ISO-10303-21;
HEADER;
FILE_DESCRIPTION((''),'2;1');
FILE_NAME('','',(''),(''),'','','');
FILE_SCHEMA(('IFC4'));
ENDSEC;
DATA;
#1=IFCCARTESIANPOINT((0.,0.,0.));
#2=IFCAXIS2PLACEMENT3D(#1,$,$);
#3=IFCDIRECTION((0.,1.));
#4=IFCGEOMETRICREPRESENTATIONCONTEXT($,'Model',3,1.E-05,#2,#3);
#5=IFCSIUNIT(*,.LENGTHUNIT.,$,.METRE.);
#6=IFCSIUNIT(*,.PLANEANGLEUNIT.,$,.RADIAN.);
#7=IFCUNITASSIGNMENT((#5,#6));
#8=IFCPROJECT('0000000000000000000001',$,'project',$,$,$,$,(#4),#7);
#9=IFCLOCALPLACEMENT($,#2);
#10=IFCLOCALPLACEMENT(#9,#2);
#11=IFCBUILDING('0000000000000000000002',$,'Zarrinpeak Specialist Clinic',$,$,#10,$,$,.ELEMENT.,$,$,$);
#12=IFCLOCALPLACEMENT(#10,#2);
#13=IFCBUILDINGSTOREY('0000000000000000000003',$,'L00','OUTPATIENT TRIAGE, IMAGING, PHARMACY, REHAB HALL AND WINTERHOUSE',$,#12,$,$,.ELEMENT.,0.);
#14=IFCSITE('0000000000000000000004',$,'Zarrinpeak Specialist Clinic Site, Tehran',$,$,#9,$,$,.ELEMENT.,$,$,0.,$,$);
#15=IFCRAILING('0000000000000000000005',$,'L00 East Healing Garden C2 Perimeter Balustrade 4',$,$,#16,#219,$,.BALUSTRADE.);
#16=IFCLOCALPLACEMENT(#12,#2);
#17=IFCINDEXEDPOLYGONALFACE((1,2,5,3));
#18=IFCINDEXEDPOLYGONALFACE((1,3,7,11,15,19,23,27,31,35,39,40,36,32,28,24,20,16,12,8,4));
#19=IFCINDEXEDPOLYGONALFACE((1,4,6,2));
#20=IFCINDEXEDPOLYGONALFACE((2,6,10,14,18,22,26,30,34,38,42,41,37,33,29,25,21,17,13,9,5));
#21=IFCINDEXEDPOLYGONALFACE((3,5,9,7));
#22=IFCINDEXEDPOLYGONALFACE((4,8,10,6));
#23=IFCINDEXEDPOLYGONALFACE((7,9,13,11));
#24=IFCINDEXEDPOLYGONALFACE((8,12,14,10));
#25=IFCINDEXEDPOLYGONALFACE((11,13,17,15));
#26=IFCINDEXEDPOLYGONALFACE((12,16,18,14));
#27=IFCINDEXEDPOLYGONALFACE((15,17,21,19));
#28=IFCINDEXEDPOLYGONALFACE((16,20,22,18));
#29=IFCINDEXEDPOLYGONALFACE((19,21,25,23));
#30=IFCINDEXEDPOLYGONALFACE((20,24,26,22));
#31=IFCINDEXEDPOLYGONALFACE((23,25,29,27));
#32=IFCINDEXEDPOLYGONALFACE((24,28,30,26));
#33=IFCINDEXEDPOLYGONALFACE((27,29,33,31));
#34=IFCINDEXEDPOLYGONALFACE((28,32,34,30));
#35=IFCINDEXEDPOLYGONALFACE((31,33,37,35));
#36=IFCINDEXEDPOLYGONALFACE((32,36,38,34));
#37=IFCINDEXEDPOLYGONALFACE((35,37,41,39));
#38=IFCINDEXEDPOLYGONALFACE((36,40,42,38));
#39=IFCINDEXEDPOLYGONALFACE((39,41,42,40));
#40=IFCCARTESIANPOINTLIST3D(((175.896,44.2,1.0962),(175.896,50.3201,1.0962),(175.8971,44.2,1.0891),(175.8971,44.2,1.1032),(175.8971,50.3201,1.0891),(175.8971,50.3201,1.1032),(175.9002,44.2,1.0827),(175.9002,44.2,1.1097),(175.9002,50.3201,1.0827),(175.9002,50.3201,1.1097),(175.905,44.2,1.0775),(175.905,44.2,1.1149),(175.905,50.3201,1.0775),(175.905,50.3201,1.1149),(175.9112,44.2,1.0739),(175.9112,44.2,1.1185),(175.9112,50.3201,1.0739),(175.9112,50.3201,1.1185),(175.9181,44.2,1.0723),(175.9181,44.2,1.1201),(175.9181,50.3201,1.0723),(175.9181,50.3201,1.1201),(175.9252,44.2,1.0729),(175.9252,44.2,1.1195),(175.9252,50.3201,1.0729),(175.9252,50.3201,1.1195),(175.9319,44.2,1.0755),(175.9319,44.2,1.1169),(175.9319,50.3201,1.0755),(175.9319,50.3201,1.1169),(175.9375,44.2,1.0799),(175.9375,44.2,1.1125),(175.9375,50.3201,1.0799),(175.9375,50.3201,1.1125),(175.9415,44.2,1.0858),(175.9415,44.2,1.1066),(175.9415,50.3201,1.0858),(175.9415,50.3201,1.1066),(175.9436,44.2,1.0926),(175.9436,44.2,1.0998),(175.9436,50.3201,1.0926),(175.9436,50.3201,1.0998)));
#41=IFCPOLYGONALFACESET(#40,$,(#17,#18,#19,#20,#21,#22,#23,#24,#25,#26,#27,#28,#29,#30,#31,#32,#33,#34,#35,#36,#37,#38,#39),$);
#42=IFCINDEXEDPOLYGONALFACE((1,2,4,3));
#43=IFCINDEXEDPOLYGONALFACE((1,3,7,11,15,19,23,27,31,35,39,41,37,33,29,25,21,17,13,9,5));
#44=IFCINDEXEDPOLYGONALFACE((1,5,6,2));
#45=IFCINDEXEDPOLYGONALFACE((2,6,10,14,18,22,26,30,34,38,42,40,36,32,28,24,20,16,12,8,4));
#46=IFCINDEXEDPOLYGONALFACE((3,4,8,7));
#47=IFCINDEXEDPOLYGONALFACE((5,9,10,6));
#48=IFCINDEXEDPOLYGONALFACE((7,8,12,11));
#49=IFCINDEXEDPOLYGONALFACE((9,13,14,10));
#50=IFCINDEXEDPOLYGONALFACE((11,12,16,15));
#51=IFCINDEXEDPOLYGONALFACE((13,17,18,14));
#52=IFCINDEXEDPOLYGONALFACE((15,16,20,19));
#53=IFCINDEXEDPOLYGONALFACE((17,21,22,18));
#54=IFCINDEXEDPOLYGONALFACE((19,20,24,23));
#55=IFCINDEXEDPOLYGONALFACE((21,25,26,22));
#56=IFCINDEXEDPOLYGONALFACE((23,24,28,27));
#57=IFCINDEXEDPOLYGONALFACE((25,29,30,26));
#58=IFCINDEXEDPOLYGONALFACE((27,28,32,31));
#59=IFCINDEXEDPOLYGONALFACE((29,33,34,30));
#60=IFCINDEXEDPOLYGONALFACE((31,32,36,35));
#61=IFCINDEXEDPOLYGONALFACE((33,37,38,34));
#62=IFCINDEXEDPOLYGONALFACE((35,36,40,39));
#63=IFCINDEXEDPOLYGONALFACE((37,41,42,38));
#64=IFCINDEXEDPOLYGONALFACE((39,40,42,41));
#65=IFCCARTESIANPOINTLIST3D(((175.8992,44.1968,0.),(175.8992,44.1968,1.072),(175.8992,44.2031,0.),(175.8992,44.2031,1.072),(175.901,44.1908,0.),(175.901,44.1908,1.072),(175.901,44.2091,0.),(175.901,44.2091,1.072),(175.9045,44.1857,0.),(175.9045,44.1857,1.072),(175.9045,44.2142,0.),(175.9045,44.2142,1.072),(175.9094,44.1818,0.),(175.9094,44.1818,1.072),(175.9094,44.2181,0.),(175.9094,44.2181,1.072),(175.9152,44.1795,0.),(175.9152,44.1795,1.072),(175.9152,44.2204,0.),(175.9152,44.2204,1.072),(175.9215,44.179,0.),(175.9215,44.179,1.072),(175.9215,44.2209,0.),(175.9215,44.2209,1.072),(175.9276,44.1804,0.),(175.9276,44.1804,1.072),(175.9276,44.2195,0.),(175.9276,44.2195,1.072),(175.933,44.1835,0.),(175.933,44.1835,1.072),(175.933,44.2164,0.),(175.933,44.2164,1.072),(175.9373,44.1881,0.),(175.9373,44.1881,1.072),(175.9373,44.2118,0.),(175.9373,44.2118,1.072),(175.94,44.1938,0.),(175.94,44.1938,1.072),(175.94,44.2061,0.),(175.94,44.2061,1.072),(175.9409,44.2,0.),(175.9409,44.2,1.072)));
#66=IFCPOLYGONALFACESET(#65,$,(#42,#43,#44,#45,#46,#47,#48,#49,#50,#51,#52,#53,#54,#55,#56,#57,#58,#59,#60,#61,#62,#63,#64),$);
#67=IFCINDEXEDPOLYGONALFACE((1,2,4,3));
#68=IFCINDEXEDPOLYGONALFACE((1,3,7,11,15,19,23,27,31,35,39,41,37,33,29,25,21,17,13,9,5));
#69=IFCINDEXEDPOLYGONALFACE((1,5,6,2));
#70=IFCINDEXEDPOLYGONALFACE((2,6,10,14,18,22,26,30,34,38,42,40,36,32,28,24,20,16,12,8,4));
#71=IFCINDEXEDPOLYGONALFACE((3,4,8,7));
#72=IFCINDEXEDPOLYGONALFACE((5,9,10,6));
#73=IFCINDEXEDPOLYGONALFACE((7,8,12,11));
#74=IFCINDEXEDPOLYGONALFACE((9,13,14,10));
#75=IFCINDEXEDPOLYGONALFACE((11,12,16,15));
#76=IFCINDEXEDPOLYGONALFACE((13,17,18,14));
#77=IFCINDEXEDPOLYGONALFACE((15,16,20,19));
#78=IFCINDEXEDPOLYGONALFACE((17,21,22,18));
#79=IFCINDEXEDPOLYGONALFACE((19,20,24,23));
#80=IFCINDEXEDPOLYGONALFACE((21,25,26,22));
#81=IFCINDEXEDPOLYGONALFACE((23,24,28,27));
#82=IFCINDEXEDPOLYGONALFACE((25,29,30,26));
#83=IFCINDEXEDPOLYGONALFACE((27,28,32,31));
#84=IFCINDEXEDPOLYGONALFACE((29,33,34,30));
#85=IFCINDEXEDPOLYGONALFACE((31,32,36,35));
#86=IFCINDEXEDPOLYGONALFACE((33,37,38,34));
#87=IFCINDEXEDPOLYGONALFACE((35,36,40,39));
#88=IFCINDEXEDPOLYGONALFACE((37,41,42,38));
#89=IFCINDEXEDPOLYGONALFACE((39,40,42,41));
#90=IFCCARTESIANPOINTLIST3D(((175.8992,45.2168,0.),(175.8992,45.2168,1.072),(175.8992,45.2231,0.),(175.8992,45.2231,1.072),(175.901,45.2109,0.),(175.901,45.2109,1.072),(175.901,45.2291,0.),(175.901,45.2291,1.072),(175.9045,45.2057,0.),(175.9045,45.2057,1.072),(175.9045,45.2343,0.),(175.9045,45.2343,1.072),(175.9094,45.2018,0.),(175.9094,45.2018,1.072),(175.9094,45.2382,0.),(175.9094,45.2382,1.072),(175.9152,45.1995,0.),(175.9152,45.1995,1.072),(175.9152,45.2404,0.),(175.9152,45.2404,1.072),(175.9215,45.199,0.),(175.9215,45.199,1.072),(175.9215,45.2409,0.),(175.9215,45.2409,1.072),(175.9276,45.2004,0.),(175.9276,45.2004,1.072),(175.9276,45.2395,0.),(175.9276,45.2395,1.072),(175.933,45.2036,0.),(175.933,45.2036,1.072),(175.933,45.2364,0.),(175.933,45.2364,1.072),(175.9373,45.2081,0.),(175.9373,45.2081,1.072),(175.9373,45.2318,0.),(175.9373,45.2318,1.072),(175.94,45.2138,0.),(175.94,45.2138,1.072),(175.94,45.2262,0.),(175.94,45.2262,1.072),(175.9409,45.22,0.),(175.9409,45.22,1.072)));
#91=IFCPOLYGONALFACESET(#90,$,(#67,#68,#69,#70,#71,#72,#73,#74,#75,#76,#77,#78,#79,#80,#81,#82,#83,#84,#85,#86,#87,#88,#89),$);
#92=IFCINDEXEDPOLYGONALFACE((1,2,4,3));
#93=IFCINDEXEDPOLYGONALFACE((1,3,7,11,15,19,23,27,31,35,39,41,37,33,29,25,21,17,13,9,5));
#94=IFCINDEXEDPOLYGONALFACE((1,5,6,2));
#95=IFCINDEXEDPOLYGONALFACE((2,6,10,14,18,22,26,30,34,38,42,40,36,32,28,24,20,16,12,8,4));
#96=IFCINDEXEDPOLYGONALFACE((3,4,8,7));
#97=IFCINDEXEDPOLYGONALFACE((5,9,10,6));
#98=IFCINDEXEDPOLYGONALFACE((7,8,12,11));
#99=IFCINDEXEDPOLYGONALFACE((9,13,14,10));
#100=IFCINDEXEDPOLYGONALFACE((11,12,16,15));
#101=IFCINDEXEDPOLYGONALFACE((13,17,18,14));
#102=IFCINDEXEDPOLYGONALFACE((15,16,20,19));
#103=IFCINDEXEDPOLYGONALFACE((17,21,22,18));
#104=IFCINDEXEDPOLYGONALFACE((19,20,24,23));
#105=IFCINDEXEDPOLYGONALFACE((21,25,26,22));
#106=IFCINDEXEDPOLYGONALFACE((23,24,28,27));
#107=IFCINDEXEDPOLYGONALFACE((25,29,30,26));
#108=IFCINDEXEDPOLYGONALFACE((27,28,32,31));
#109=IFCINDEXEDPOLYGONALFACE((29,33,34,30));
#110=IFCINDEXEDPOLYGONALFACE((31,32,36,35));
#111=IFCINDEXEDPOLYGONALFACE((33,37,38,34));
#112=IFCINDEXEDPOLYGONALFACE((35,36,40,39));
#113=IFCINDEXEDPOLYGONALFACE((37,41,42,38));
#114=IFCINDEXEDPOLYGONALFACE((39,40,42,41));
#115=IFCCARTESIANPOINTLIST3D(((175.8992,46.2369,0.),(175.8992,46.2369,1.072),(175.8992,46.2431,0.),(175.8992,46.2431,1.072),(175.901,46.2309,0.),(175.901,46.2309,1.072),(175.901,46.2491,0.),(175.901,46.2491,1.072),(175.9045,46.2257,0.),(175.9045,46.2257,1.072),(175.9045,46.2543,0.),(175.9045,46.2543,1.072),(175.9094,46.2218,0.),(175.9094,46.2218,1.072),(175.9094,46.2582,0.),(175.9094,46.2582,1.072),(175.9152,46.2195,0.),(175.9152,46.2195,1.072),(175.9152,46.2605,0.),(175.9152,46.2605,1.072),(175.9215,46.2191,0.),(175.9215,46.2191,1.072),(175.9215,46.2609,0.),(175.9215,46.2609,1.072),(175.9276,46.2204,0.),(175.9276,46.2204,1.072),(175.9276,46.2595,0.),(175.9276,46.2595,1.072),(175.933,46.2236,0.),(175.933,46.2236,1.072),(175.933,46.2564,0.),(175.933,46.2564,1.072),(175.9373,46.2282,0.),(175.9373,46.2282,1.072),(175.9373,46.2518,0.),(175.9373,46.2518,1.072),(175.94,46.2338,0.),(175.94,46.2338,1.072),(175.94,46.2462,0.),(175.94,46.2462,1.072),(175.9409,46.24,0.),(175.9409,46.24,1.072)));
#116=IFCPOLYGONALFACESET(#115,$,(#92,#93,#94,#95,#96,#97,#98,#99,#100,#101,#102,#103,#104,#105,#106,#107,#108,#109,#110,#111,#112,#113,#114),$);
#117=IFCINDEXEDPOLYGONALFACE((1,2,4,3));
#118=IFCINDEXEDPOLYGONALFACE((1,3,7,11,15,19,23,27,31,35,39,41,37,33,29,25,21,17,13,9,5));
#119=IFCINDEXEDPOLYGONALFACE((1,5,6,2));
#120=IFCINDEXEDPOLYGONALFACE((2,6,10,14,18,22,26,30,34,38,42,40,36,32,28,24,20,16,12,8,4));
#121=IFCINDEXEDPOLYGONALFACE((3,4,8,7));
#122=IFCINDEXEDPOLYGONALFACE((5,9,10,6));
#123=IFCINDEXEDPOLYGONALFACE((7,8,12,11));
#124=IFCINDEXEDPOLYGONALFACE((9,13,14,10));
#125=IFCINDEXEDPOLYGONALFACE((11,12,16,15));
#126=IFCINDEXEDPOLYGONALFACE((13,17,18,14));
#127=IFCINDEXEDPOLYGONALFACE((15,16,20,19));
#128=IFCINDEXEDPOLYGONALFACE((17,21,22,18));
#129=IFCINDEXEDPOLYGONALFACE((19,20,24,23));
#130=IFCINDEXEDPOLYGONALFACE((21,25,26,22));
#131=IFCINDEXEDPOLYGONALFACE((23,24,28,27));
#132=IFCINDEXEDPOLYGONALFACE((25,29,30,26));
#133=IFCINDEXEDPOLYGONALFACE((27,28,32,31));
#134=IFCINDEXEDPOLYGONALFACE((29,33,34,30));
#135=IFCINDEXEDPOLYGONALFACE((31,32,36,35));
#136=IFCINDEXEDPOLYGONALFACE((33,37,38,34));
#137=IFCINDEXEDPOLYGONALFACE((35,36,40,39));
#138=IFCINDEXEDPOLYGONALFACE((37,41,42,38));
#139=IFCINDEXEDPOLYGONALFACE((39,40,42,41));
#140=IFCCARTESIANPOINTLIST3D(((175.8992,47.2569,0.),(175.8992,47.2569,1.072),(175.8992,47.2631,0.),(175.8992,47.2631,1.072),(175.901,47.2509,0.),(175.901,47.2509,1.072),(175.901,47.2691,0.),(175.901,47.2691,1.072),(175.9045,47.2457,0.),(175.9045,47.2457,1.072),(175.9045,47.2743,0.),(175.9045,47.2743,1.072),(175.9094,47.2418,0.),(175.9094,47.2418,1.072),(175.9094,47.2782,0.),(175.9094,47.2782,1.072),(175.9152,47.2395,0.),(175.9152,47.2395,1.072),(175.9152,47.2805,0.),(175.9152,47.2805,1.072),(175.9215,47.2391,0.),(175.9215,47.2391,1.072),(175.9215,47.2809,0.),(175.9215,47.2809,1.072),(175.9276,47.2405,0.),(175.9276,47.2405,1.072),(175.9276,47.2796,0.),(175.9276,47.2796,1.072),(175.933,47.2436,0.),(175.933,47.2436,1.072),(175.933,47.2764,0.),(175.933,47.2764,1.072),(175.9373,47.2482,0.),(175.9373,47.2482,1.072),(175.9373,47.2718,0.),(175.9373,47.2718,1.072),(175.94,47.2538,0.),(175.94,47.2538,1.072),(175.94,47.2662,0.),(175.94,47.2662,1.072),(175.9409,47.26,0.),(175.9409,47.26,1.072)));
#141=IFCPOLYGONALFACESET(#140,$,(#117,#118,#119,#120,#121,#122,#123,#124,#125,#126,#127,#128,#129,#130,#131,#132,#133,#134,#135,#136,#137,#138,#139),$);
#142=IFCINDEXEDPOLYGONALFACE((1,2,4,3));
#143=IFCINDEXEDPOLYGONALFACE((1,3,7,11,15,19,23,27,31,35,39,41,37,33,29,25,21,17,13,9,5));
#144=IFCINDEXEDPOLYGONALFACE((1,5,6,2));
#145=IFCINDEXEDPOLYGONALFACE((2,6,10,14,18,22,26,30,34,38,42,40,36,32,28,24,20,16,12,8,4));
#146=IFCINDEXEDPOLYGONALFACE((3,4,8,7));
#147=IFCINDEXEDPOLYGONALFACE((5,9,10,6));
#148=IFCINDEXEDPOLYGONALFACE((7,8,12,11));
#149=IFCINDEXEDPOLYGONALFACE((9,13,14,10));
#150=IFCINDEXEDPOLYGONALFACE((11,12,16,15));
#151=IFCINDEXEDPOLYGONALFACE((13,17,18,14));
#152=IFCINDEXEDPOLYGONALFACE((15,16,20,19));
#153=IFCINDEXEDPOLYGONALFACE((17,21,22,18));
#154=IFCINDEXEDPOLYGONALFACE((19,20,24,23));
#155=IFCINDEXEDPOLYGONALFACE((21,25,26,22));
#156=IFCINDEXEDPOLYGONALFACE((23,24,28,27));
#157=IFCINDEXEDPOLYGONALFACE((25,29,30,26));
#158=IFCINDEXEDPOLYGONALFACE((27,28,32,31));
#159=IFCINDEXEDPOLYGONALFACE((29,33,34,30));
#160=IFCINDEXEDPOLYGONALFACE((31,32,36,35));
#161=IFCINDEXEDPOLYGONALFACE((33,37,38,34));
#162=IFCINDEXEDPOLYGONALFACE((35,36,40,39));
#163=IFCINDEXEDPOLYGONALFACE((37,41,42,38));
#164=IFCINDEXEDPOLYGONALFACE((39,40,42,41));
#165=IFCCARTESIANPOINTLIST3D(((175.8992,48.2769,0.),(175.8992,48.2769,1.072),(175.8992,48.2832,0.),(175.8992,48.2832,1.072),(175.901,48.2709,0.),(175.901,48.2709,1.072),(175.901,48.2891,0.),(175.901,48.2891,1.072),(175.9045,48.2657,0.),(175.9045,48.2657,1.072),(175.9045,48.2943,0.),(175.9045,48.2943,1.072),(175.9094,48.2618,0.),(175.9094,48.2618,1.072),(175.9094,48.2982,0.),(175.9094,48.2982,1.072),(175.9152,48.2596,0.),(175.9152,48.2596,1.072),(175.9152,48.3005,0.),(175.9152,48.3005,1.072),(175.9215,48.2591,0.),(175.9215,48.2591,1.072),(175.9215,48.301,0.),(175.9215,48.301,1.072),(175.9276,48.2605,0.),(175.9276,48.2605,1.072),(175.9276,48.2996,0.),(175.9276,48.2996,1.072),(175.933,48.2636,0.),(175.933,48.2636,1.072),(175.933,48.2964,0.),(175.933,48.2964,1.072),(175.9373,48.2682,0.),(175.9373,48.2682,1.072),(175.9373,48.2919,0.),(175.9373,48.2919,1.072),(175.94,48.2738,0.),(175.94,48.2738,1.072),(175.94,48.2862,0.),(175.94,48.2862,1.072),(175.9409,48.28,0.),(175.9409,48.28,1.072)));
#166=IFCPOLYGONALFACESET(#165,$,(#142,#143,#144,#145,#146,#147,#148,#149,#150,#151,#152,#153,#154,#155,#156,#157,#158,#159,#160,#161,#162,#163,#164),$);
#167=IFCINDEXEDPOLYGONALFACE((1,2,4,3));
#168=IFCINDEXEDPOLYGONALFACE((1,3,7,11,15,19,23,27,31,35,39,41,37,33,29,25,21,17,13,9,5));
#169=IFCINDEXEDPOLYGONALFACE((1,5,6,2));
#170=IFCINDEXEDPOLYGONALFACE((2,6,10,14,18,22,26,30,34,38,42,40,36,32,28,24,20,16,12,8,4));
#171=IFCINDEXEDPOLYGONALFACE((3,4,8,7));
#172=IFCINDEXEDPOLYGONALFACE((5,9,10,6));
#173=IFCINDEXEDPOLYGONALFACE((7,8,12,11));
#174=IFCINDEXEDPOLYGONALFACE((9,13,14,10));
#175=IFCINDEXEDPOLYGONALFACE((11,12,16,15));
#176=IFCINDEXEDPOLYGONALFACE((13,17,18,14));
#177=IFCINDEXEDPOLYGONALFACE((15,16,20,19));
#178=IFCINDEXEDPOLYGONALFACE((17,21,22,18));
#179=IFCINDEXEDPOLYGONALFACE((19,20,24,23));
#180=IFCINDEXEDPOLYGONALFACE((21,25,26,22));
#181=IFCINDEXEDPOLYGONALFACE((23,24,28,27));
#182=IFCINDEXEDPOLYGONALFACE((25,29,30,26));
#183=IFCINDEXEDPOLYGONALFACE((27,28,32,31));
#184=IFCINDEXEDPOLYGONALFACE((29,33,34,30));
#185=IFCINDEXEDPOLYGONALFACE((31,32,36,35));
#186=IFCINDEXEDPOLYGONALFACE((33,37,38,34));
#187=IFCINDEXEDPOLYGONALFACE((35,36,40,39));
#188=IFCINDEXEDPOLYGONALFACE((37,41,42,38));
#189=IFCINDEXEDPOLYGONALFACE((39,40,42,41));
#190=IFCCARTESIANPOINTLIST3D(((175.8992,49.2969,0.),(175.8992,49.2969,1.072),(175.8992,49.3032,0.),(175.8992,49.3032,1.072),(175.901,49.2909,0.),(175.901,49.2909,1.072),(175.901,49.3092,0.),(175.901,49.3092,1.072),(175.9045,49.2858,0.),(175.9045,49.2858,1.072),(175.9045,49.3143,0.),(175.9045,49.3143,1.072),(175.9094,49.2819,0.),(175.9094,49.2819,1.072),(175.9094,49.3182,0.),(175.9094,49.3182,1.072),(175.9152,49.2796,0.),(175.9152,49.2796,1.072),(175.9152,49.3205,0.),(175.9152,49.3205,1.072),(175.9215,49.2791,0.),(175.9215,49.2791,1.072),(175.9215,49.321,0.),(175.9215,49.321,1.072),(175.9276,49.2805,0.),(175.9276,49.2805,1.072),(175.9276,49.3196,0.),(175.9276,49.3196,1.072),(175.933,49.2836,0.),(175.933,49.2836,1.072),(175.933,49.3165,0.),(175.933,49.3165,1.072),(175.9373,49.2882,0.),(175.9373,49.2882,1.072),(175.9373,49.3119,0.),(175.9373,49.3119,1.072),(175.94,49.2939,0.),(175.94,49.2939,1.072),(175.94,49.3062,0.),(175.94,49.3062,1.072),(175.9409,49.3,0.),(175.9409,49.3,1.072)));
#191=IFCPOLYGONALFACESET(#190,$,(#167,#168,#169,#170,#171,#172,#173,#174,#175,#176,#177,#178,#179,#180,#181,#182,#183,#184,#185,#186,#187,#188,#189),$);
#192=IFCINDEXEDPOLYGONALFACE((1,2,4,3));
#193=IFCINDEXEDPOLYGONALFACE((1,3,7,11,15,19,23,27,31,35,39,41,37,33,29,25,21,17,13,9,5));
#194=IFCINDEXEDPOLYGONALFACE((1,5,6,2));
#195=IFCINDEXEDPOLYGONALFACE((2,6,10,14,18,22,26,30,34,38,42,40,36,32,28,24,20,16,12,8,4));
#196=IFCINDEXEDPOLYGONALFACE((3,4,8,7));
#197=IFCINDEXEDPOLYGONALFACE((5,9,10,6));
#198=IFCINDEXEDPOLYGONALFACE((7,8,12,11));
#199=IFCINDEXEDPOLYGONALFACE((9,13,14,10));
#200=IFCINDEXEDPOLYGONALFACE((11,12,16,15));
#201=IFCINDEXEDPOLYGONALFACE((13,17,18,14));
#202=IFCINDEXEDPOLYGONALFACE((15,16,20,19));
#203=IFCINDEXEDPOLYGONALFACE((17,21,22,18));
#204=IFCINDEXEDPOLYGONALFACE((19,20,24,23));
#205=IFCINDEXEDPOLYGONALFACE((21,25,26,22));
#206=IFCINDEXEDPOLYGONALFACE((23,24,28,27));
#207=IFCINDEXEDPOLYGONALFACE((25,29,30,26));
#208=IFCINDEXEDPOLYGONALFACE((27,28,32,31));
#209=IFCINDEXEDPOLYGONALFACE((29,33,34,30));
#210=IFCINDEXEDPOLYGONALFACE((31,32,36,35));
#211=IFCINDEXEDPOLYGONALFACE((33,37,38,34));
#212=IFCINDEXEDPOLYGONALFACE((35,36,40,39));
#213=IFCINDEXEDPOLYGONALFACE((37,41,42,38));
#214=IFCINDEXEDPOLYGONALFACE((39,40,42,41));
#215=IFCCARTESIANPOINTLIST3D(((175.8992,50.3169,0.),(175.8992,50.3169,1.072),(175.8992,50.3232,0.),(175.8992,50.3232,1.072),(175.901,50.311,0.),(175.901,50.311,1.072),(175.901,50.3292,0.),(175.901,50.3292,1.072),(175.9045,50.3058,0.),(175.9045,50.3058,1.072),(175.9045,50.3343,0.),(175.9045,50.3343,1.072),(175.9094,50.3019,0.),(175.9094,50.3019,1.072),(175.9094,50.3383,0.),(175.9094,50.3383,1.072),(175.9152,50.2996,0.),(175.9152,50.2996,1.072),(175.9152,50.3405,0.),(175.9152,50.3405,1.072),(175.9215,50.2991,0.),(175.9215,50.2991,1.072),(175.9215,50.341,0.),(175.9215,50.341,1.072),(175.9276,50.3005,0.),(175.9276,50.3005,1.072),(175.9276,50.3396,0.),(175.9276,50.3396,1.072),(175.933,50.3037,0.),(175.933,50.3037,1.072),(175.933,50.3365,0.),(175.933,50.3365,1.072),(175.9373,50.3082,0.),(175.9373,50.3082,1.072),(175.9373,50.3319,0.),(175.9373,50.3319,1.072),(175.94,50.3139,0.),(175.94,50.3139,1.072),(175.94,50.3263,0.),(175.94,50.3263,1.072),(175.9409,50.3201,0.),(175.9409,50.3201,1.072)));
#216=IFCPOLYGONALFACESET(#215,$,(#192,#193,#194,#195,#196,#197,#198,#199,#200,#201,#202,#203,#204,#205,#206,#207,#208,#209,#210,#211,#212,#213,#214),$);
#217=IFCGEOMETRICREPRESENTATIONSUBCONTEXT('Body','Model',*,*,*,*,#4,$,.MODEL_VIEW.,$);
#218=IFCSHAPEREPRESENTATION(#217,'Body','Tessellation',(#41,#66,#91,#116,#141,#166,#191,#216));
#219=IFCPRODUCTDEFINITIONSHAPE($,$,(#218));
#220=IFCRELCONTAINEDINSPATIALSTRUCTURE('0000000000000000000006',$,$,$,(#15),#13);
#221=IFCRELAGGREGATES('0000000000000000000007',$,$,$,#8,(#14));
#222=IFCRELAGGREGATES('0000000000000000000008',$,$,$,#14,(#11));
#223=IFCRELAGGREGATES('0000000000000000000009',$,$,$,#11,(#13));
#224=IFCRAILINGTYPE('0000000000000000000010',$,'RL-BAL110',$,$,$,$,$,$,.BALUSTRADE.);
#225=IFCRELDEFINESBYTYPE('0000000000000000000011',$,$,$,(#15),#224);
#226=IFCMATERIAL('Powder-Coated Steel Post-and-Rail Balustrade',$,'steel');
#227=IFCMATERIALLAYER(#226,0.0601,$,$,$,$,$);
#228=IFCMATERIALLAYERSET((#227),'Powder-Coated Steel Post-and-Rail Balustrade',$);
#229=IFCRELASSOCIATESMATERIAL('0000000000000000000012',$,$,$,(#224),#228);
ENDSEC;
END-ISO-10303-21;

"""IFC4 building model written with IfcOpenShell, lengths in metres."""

from ifc_helpers import new_model, si_unit, direction, frame, origin, origin_2d, place, context, subcontext, project, spatial, circle, extrude, material, layer, layer_set, type_object, element, save


model = new_model("IFC4")

# Units and contexts
model_context = context("Model", 3, precision=1e-05, world=origin(), true_north=direction((0.0, 1.0)))
body_context = subcontext(model_context, "Body", "Model", "MODEL_VIEW")
ifc_project = project(units=[si_unit("LENGTHUNIT", "METRE"), si_unit("PLANEANGLEUNIT", "RADIAN")], contexts=[model_context])

# Site, building, storey
site_placement = place(None, origin())
site = spatial("IfcSite", under=ifc_project, at=site_placement, Name="Zarrinpeak Specialist Clinic Site, Tehran", CompositionType="ELEMENT", RefElevation=0.0)
building_placement = place(site_placement, origin())
building = spatial("IfcBuilding", under=site, at=building_placement, Name="Zarrinpeak Specialist Clinic", CompositionType="ELEMENT")
storey_placement = place(building_placement, origin())
storey = spatial("IfcBuildingStorey", under=building, at=storey_placement, Name="L00", Description="OUTPATIENT TRIAGE, IMAGING, PHARMACY, REHAB HALL AND WINTERHOUSE", CompositionType="ELEMENT", Elevation=0.0)

# Railing
ifc_material_1 = material(Name="Powder-Coated Steel Post-and-Rail Balustrade", Category="steel")
ifc_layer_1 = layer(ifc_material_1, 0.0601)
ifc_layer_set_1 = layer_set([ifc_layer_1], Name="Powder-Coated Steel Post-and-Rail Balustrade")
railing_type_1 = type_object("IfcRailingType", Name="RL-BAL110", PredefinedType="BALUSTRADE", material=ifc_layer_set_1)
railing_1_placement = place(storey_placement, frame((175.9199, 44.2, 0.0)))
element("IfcRailing", 1, at=railing_1_placement, inside=storey, type_object=railing_type_1, Name="L00 East Healing Garden C2 Perimeter Balustrade 4", PredefinedType="BALUSTRADE", context=body_context, shape_type="SweptSolid", body=[
    extrude(circle(Radius=0.0239, at=origin_2d()), frame((0.0, 0.0, 1.0962), z_axis=(0.0, 1.0, 0.0), x_axis=(-1.0, 0.0, 0.0)), (0.0, 0.0, 1.0), 6.1201),
    extrude(circle(Radius=0.021, at=origin_2d()), origin(), (0.0, 0.0, 1.0), 1.072),
    extrude(circle(Radius=0.021, at=origin_2d()), frame((0.0, 1.02, 0.0)), (0.0, 0.0, 1.0), 1.072),
    extrude(circle(Radius=0.021, at=origin_2d()), frame((0.0, 2.04, 0.0)), (0.0, 0.0, 1.0), 1.072),
    extrude(circle(Radius=0.021, at=origin_2d()), frame((0.0, 3.0601, 0.0)), (0.0, 0.0, 1.0), 1.072),
    extrude(circle(Radius=0.021, at=origin_2d()), frame((0.0, 4.0801, 0.0)), (0.0, 0.0, 1.0), 1.072),
    extrude(circle(Radius=0.021, at=origin_2d()), frame((0.0, 5.1001, 0.0)), (0.0, 0.0, 1.0), 1.072),
    extrude(circle(Radius=0.021, at=origin_2d()), frame((0.0, 6.1201, 0.0)), (0.0, 0.0, 1.0), 1.072),
])

save(model, "model.ifc")
